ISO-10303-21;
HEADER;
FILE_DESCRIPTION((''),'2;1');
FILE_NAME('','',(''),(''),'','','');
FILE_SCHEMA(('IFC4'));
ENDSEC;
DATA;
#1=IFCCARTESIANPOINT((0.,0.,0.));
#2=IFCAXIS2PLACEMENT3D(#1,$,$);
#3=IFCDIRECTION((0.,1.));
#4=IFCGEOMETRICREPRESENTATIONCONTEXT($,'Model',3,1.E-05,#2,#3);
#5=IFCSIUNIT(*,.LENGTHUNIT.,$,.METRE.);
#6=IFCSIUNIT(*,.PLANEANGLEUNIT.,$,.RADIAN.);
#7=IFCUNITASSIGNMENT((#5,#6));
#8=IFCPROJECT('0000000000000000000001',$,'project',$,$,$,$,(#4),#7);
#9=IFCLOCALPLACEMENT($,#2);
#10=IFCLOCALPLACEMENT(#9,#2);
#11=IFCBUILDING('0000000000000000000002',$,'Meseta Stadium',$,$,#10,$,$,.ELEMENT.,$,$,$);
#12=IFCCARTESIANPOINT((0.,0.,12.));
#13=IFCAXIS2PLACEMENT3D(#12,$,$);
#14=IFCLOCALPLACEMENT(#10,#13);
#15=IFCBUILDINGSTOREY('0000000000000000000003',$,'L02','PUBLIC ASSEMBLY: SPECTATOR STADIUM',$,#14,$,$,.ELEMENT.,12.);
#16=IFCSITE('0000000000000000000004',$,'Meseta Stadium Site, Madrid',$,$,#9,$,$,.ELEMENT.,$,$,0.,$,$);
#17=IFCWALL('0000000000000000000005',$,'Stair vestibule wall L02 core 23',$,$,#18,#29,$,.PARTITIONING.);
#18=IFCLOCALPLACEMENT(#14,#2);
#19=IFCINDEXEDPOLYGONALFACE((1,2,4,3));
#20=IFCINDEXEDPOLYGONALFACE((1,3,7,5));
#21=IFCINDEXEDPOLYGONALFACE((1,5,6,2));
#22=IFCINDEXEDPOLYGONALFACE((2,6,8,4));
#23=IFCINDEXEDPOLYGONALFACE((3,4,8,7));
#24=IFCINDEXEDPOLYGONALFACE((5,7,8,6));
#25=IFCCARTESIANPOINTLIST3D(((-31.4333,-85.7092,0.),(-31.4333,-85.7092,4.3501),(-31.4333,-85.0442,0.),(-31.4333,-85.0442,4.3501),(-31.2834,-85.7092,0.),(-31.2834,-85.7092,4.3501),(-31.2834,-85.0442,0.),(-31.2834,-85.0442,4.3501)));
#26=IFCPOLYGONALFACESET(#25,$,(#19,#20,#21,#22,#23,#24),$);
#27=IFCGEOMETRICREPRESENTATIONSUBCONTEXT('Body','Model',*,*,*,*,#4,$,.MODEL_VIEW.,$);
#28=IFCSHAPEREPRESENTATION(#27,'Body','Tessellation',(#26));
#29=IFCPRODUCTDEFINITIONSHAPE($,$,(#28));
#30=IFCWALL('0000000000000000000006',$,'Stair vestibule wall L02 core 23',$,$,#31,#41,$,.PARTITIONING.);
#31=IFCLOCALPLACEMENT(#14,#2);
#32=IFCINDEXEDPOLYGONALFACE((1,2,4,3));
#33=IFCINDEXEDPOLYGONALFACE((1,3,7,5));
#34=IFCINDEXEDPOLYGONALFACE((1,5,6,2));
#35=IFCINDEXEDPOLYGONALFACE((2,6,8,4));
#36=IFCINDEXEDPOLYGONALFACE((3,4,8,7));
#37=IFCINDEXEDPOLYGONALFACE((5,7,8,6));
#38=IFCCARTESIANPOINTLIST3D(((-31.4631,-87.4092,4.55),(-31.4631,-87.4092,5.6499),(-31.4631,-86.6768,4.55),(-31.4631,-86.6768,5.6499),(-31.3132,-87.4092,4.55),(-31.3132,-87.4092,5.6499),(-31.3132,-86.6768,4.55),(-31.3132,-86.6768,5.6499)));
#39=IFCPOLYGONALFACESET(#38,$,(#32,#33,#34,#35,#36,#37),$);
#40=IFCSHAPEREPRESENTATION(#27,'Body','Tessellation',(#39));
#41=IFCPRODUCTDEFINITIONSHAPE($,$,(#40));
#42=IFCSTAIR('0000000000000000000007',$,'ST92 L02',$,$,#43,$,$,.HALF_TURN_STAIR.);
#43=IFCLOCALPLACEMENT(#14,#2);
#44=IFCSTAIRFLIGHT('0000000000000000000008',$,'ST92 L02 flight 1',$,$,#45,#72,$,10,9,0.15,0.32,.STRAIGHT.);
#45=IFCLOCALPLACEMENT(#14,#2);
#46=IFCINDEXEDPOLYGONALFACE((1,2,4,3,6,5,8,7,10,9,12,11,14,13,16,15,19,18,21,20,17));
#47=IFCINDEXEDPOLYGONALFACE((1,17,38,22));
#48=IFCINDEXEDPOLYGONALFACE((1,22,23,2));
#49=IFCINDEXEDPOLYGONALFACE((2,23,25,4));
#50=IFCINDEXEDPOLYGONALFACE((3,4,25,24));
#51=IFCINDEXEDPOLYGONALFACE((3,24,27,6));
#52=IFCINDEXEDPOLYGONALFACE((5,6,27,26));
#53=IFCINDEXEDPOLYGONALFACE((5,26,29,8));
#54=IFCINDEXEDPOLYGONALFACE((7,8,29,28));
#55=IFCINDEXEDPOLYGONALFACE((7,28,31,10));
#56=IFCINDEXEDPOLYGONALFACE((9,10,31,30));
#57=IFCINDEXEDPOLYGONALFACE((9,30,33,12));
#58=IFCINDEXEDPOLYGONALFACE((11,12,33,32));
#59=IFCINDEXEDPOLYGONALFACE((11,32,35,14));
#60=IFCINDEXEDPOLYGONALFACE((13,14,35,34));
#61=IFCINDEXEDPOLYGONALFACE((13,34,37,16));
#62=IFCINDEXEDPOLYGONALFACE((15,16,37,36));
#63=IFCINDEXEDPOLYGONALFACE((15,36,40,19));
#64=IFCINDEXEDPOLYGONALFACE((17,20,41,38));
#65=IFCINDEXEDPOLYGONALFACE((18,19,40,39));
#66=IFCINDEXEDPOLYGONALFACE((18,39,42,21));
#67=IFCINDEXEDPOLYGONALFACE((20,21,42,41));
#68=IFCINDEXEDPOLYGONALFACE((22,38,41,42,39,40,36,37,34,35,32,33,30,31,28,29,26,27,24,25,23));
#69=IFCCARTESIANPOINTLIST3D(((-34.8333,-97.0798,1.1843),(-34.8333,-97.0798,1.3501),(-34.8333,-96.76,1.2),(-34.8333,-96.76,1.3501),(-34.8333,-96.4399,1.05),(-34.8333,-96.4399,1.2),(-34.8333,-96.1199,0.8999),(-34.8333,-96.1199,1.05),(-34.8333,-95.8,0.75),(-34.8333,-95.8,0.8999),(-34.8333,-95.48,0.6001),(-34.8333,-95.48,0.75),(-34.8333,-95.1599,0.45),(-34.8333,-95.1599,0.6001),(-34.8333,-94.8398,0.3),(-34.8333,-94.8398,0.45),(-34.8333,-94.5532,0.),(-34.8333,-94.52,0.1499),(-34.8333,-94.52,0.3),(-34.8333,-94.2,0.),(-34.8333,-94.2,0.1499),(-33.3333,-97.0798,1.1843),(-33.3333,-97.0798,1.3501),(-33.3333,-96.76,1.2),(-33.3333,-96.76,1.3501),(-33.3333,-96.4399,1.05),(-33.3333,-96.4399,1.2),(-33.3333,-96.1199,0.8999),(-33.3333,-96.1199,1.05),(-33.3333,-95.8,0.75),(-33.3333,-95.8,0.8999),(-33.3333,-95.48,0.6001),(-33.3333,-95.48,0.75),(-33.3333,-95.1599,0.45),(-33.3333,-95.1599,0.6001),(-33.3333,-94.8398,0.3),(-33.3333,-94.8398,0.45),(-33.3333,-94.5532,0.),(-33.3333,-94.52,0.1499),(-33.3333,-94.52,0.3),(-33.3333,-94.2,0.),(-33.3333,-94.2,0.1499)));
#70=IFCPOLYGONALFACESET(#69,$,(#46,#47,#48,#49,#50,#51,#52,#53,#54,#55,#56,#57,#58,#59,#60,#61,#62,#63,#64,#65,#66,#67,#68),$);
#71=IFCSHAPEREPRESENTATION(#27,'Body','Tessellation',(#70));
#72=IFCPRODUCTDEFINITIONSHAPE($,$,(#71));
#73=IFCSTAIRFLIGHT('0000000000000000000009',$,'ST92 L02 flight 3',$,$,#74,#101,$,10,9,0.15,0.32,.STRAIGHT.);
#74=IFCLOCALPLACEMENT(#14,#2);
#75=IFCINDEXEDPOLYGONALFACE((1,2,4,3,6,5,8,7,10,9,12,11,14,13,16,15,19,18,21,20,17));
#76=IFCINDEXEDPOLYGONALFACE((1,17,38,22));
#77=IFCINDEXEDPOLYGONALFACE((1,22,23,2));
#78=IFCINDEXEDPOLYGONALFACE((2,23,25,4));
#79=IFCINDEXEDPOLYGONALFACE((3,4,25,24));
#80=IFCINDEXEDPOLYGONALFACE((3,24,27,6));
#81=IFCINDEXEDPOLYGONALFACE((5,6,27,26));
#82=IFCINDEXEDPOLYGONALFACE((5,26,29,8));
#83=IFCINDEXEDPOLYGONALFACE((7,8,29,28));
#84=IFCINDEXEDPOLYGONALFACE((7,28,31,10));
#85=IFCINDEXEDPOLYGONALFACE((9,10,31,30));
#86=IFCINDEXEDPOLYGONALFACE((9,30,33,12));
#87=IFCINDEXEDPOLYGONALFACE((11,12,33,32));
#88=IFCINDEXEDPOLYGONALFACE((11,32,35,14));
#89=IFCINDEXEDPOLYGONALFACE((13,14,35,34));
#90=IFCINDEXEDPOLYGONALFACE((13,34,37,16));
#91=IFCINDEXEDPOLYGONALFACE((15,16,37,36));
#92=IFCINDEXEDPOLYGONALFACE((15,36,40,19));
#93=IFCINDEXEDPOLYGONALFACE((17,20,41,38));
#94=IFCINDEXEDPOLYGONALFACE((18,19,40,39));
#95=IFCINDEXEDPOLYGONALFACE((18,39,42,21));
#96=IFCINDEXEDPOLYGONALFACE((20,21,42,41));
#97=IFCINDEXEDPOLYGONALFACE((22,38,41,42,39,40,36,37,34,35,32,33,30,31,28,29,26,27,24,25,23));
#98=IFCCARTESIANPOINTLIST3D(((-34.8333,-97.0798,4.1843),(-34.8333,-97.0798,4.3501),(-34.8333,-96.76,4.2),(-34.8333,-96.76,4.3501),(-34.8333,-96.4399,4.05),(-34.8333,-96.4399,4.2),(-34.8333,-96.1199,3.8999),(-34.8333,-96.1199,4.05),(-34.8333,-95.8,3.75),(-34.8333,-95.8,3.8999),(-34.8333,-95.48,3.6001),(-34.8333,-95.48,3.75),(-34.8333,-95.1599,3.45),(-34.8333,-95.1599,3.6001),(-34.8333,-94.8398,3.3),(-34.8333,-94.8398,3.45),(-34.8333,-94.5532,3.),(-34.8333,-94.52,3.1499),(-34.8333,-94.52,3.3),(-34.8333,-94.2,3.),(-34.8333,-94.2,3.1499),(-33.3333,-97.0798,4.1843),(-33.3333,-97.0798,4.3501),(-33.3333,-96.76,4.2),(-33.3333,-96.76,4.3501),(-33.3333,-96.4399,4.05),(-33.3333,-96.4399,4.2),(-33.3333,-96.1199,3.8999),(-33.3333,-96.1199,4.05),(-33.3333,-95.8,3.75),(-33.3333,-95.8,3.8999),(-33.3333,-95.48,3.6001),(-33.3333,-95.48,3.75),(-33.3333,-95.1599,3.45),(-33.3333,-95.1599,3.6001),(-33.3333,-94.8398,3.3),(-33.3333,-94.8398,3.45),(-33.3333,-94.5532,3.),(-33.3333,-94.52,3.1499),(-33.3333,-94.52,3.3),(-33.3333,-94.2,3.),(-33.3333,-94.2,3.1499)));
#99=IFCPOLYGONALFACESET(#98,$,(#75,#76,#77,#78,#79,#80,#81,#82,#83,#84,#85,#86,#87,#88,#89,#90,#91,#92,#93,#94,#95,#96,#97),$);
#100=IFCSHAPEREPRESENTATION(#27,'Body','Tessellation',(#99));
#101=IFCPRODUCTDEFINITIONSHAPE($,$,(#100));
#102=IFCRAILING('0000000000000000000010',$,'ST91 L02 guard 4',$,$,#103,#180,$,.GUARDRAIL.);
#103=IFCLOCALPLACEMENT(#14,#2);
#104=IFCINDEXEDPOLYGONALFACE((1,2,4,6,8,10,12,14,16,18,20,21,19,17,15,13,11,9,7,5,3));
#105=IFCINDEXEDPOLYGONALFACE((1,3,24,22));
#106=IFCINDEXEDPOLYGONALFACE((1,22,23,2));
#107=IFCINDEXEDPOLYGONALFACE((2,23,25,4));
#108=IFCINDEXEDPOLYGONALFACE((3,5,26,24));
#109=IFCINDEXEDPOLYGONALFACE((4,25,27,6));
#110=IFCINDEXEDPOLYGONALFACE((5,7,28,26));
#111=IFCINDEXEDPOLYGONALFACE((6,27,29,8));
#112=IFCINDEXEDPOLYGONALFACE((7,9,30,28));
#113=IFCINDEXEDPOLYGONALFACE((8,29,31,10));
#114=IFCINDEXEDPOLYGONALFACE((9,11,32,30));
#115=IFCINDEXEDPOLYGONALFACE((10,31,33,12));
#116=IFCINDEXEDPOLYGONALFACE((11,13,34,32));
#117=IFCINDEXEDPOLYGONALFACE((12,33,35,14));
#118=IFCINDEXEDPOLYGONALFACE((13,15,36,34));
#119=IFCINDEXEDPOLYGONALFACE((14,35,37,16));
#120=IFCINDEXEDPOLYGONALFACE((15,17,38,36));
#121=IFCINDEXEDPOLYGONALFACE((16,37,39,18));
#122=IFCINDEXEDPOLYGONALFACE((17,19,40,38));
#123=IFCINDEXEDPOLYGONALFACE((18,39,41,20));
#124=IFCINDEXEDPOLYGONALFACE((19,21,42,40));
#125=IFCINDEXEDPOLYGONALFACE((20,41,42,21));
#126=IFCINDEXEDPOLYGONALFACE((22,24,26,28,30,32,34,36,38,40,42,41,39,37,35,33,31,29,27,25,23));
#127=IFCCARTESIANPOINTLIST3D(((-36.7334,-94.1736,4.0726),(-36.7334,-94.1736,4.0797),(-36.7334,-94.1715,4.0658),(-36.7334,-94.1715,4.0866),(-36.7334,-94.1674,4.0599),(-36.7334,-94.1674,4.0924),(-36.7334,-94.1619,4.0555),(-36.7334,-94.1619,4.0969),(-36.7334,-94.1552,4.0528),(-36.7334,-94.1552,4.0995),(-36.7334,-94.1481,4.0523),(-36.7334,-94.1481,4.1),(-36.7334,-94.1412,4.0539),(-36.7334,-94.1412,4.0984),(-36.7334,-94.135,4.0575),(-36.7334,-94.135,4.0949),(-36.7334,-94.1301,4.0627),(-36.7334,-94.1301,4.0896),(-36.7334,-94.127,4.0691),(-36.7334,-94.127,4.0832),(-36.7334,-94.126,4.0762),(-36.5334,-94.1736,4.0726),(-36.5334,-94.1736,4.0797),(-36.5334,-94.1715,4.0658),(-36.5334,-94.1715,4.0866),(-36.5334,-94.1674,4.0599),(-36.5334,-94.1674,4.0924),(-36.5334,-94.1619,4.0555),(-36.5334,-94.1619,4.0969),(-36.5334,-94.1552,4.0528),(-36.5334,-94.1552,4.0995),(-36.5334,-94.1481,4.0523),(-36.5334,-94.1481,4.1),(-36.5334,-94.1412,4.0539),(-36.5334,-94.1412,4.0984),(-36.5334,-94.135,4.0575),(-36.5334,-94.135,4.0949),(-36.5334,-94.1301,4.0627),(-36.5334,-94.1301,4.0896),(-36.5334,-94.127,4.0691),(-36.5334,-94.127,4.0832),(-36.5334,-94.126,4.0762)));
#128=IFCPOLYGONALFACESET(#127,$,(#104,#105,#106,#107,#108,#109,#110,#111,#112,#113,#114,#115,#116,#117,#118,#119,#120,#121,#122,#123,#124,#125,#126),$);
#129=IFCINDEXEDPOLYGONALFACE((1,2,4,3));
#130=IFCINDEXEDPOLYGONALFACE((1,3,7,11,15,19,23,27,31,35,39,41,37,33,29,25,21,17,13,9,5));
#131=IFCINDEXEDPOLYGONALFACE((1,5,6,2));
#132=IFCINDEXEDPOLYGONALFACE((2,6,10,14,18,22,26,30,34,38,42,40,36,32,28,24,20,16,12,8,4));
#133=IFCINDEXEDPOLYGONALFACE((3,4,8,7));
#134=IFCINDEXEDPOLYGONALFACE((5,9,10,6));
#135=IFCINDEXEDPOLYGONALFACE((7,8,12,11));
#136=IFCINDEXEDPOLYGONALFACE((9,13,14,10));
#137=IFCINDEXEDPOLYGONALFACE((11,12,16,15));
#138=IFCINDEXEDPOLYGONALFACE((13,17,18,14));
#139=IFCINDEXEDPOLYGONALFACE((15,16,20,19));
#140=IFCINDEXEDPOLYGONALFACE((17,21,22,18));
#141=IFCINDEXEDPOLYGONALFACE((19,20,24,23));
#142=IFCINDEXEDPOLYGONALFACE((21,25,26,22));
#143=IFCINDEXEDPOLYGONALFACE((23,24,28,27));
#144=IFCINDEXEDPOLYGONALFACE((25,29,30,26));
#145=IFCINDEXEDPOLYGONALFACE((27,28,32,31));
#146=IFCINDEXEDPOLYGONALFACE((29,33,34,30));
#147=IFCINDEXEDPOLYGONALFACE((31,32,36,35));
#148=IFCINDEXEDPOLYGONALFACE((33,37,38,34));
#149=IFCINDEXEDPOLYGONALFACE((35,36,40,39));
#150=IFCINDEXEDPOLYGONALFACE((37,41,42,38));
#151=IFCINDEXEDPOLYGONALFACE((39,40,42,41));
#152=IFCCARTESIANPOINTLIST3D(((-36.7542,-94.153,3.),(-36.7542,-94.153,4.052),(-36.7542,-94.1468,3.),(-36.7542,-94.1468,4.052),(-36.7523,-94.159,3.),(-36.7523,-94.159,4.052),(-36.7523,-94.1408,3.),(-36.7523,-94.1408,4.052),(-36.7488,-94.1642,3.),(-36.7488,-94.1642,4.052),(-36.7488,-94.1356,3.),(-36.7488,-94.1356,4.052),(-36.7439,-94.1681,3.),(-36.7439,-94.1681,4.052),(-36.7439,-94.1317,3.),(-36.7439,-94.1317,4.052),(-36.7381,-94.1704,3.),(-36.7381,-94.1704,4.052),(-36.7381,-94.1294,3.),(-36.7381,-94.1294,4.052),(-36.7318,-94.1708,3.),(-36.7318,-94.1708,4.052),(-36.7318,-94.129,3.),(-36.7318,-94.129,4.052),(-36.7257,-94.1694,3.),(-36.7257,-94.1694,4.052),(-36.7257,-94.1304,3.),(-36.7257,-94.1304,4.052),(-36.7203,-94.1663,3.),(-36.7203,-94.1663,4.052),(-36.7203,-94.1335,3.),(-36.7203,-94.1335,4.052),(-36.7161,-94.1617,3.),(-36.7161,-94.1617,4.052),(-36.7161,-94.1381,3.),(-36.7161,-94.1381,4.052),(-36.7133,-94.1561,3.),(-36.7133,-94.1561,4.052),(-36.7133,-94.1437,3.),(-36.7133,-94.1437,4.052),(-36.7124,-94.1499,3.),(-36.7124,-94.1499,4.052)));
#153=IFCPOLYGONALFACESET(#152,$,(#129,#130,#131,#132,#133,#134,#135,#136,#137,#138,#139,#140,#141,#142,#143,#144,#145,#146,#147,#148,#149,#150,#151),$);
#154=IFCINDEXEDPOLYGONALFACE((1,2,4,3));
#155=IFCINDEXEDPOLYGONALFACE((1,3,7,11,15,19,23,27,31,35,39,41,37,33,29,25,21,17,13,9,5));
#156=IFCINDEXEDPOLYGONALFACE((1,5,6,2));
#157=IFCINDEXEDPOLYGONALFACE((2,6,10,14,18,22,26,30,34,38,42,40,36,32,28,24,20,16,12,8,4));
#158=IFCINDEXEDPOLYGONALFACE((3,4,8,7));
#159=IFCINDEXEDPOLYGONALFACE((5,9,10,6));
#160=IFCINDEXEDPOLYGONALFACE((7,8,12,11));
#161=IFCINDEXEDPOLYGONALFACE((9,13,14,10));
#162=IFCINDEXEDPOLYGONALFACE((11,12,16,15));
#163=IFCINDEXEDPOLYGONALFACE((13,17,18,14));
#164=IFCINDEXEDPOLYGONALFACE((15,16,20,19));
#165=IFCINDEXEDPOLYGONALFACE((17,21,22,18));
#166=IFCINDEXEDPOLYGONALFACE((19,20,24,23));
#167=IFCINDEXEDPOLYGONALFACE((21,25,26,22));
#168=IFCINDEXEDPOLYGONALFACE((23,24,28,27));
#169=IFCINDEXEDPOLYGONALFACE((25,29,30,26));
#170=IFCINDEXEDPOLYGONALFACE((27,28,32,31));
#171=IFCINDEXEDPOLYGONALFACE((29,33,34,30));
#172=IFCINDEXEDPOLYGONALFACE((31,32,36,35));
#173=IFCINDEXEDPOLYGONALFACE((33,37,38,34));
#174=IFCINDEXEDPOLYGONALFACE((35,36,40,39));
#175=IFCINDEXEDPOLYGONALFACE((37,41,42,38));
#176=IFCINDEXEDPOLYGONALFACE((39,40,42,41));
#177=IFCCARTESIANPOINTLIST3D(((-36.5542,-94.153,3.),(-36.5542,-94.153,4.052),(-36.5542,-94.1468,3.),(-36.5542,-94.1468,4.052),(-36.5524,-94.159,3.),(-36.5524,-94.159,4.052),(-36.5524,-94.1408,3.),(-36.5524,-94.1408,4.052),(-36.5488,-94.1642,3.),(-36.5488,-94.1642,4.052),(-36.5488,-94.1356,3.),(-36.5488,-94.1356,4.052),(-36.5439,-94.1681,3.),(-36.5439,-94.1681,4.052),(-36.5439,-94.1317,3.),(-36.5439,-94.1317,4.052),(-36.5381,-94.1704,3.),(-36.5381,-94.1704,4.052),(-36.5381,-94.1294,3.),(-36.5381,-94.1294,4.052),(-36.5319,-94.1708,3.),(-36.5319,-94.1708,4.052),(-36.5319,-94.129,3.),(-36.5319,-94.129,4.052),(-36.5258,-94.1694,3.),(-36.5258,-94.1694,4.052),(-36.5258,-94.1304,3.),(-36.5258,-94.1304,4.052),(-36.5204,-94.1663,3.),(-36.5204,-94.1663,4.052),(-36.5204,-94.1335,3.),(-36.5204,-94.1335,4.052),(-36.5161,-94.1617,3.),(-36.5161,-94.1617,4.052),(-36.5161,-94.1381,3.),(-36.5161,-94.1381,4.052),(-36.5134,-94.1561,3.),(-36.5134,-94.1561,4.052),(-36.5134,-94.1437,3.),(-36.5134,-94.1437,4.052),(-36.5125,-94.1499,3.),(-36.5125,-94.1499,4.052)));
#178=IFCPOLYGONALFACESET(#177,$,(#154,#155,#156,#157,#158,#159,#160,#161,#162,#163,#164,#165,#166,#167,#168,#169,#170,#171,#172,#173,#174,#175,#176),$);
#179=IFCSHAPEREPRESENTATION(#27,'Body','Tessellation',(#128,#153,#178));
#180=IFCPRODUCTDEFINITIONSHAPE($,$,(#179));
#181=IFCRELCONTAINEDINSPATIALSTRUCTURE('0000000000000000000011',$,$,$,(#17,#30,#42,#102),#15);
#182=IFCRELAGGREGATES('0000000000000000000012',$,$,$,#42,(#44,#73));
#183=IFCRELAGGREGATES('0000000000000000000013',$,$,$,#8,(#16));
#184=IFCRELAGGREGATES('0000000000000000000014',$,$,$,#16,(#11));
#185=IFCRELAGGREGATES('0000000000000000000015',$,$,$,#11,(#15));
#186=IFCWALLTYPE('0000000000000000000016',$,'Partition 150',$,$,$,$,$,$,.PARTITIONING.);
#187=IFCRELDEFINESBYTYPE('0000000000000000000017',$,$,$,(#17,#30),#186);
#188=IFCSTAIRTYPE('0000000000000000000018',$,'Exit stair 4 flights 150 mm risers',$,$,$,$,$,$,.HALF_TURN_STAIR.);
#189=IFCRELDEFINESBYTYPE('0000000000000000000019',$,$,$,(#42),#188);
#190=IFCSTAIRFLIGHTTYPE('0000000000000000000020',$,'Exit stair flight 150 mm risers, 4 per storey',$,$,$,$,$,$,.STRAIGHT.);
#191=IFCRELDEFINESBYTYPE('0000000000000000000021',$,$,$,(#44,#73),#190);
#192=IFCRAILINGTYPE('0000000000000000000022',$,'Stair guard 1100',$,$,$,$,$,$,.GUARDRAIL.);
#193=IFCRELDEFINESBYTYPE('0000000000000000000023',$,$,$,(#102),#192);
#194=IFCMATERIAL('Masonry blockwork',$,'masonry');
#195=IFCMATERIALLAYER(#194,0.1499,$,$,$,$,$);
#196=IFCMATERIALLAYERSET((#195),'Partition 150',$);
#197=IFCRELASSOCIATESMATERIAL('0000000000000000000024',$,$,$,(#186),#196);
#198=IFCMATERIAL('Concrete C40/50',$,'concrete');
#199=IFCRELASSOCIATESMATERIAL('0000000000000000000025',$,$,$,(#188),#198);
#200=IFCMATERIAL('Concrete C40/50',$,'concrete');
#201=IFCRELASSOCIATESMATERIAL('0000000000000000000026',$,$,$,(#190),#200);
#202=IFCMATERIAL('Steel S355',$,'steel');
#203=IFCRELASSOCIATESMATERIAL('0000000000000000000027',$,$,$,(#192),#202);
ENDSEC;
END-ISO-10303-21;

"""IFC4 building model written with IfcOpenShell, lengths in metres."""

from ifc_helpers import new_model, si_unit, direction, frame, frame_2d, origin, origin_2d, place, context, subcontext, project, spatial, polyline, rectangle, circle, outline, extrude, material, layer, layer_set, type_object, element, aggregate, save


model = new_model("IFC4")

# Units and contexts
model_context = context("Model", 3, precision=1e-05, world=origin(), true_north=direction((0.0, 1.0)))
body_context = subcontext(model_context, "Body", "Model", "MODEL_VIEW")
ifc_project = project(units=[si_unit("LENGTHUNIT", "METRE"), si_unit("PLANEANGLEUNIT", "RADIAN")], contexts=[model_context])

# Site, building, storey
site_placement = place(None, origin())
site = spatial("IfcSite", under=ifc_project, at=site_placement, Name="Meseta Stadium Site, Madrid", CompositionType="ELEMENT", RefElevation=0.0)
building_placement = place(site_placement, origin())
building = spatial("IfcBuilding", under=site, at=building_placement, Name="Meseta Stadium", CompositionType="ELEMENT")
storey_placement = place(building_placement, frame((0.0, 0.0, 12.0)))
storey = spatial("IfcBuildingStorey", under=building, at=storey_placement, Name="L02", Description="PUBLIC ASSEMBLY: SPECTATOR STADIUM", CompositionType="ELEMENT", Elevation=12.0)

# Shared definitions
ifc_material_1 = material(Name="Masonry blockwork", Category="masonry")
ifc_layer_1 = layer(ifc_material_1, 0.1499)
ifc_layer_set_1 = layer_set([ifc_layer_1], Name="Partition 150")
wall_type_1 = type_object("IfcWallType", Name="Partition 150", PredefinedType="PARTITIONING", material=ifc_layer_set_1)

# Walls
wall_1_placement = place(storey_placement, frame((-31.3584, -85.7092, 0.0), z_axis=(0.0, 0.0, 1.0), x_axis=(0.0, 1.0, 0.0)))
element("IfcWall", 1, at=wall_1_placement, inside=storey, type_object=wall_type_1, Name="Stair vestibule wall L02 core 23", PredefinedType="PARTITIONING", context=body_context, shape_type="SweptSolid", body=[
    extrude(rectangle(XDim=0.665, YDim=0.1499, at=frame_2d((0.3325, 0.0))), origin(), (0.0, 0.0, 1.0), 4.3501),
])
wall_2_placement = place(storey_placement, frame((-31.3882, -87.4092, 4.55), z_axis=(0.0, 0.0, 1.0), x_axis=(0.0, 1.0, 0.0)))
element("IfcWall", 2, at=wall_2_placement, inside=storey, type_object=wall_type_1, Name="Stair vestibule wall L02 core 23", PredefinedType="PARTITIONING", context=body_context, shape_type="SweptSolid", body=[
    extrude(rectangle(XDim=0.7324, YDim=0.1499, at=frame_2d((0.3662, 0.0))), origin(), (0.0, 0.0, 1.0), 1.0999),
])

# Stair, stair flights
ifc_material_2 = material(Name="Concrete C40/50", Category="concrete")
stair_type = type_object("IfcStairType", Name="Exit stair 4 flights 150 mm risers", PredefinedType="HALF_TURN_STAIR", material=ifc_material_2)
stair_placement = place(storey_placement, origin())
stair = element("IfcStair", 3, at=stair_placement, inside=storey, type_object=stair_type, Name="ST92 L02", PredefinedType="HALF_TURN_STAIR")
ifc_material_3 = material(Name="Concrete C40/50", Category="concrete")
stair_flight_type = type_object("IfcStairFlightType", Name="Exit stair flight 150 mm risers, 4 per storey", PredefinedType="STRAIGHT", material=ifc_material_3)
stair_flight_1_placement = place(storey_placement, frame((-34.0833, -94.2, 0.0), z_axis=(0.0, 0.0, 1.0), x_axis=(0.0, -1.0, 0.0)))
stair_flight_1 = element("IfcStairFlight", 4, at=stair_flight_1_placement, type_object=stair_flight_type, Name="ST92 L02 flight 1", NumberOfRisers=10, NumberOfTreads=9, PredefinedType="STRAIGHT", RiserHeight=0.15, TreadLength=0.32, context=body_context, shape_type="SweptSolid", body=[
    extrude(outline(polyline([(0.0, 0.0), (0.0, 0.1499), (0.3201, 0.1499), (0.3201, 0.3), (0.6399, 0.3), (0.6399, 0.45), (0.96, 0.45), (0.96, 0.6001), (1.28, 0.6001), (1.28, 0.75), (1.6001, 0.75), (1.6001, 0.8999), (1.9199, 0.8999), (1.9199, 1.05), (2.24, 1.05), (2.24, 1.2), (2.5601, 1.2), (2.5601, 1.3501), (2.8799, 1.3501), (2.8799, 1.1843), (0.3533, 0.0), (0.0, 0.0)])), frame((0.0, 0.75, 0.0), z_axis=(0.0, -1.0, 0.0), x_axis=(1.0, 0.0, 0.0)), (0.0, 0.0, 1.0), 1.5),
])
stair_flight_2_placement = place(storey_placement, frame((-34.0833, -94.2, 3.0), z_axis=(0.0, 0.0, 1.0), x_axis=(0.0, -1.0, 0.0)))
stair_flight_2 = element("IfcStairFlight", 5, at=stair_flight_2_placement, type_object=stair_flight_type, Name="ST92 L02 flight 3", NumberOfRisers=10, NumberOfTreads=9, PredefinedType="STRAIGHT", RiserHeight=0.15, TreadLength=0.32, context=body_context, shape_type="SweptSolid", body=[
    extrude(outline(polyline([(0.0, 0.0), (0.0, 0.1499), (0.3201, 0.1499), (0.3201, 0.3), (0.6399, 0.3), (0.6399, 0.45), (0.96, 0.45), (0.96, 0.6001), (1.28, 0.6001), (1.28, 0.75), (1.6001, 0.75), (1.6001, 0.8999), (1.9199, 0.8999), (1.9199, 1.05), (2.24, 1.05), (2.24, 1.2), (2.5601, 1.2), (2.5601, 1.3501), (2.8799, 1.3501), (2.8799, 1.1843), (0.3533, 0.0), (0.0, 0.0)])), frame((0.0, 0.75, 0.0), z_axis=(0.0, -1.0, 0.0), x_axis=(1.0, 0.0, 0.0)), (0.0, 0.0, 1.0), 1.5),
])
aggregate(stair, [stair_flight_1, stair_flight_2])

# Railing
ifc_material_4 = material(Name="Steel S355", Category="steel")
railing_type_1 = type_object("IfcRailingType", Name="Stair guard 1100", PredefinedType="GUARDRAIL", material=ifc_material_4)
for number, where, name in (
    (6, (-36.7334, -94.1499, 3.0), "ST91 L02 guard 4"),
):
    element("IfcRailing", number, at=place(storey_placement, frame(where)), inside=storey, type_object=railing_type_1, Name=name, PredefinedType="GUARDRAIL", context=body_context, shape_type="SweptSolid", body=[
        extrude(circle(Radius=0.0239, at=origin_2d()), frame((0.0, 0.0, 1.0762), z_axis=(1.0, 0.0, 0.0), x_axis=(0.0, 1.0, 0.0)), (0.0, 0.0, 1.0), 0.2),
        extrude(circle(Radius=0.021, at=origin_2d()), origin(), (0.0, 0.0, 1.0), 1.052),
        extrude(circle(Radius=0.021, at=origin_2d()), frame((0.2, 0.0, 0.0)), (0.0, 0.0, 1.0), 1.052),
    ])

save(model, "model.ifc")
